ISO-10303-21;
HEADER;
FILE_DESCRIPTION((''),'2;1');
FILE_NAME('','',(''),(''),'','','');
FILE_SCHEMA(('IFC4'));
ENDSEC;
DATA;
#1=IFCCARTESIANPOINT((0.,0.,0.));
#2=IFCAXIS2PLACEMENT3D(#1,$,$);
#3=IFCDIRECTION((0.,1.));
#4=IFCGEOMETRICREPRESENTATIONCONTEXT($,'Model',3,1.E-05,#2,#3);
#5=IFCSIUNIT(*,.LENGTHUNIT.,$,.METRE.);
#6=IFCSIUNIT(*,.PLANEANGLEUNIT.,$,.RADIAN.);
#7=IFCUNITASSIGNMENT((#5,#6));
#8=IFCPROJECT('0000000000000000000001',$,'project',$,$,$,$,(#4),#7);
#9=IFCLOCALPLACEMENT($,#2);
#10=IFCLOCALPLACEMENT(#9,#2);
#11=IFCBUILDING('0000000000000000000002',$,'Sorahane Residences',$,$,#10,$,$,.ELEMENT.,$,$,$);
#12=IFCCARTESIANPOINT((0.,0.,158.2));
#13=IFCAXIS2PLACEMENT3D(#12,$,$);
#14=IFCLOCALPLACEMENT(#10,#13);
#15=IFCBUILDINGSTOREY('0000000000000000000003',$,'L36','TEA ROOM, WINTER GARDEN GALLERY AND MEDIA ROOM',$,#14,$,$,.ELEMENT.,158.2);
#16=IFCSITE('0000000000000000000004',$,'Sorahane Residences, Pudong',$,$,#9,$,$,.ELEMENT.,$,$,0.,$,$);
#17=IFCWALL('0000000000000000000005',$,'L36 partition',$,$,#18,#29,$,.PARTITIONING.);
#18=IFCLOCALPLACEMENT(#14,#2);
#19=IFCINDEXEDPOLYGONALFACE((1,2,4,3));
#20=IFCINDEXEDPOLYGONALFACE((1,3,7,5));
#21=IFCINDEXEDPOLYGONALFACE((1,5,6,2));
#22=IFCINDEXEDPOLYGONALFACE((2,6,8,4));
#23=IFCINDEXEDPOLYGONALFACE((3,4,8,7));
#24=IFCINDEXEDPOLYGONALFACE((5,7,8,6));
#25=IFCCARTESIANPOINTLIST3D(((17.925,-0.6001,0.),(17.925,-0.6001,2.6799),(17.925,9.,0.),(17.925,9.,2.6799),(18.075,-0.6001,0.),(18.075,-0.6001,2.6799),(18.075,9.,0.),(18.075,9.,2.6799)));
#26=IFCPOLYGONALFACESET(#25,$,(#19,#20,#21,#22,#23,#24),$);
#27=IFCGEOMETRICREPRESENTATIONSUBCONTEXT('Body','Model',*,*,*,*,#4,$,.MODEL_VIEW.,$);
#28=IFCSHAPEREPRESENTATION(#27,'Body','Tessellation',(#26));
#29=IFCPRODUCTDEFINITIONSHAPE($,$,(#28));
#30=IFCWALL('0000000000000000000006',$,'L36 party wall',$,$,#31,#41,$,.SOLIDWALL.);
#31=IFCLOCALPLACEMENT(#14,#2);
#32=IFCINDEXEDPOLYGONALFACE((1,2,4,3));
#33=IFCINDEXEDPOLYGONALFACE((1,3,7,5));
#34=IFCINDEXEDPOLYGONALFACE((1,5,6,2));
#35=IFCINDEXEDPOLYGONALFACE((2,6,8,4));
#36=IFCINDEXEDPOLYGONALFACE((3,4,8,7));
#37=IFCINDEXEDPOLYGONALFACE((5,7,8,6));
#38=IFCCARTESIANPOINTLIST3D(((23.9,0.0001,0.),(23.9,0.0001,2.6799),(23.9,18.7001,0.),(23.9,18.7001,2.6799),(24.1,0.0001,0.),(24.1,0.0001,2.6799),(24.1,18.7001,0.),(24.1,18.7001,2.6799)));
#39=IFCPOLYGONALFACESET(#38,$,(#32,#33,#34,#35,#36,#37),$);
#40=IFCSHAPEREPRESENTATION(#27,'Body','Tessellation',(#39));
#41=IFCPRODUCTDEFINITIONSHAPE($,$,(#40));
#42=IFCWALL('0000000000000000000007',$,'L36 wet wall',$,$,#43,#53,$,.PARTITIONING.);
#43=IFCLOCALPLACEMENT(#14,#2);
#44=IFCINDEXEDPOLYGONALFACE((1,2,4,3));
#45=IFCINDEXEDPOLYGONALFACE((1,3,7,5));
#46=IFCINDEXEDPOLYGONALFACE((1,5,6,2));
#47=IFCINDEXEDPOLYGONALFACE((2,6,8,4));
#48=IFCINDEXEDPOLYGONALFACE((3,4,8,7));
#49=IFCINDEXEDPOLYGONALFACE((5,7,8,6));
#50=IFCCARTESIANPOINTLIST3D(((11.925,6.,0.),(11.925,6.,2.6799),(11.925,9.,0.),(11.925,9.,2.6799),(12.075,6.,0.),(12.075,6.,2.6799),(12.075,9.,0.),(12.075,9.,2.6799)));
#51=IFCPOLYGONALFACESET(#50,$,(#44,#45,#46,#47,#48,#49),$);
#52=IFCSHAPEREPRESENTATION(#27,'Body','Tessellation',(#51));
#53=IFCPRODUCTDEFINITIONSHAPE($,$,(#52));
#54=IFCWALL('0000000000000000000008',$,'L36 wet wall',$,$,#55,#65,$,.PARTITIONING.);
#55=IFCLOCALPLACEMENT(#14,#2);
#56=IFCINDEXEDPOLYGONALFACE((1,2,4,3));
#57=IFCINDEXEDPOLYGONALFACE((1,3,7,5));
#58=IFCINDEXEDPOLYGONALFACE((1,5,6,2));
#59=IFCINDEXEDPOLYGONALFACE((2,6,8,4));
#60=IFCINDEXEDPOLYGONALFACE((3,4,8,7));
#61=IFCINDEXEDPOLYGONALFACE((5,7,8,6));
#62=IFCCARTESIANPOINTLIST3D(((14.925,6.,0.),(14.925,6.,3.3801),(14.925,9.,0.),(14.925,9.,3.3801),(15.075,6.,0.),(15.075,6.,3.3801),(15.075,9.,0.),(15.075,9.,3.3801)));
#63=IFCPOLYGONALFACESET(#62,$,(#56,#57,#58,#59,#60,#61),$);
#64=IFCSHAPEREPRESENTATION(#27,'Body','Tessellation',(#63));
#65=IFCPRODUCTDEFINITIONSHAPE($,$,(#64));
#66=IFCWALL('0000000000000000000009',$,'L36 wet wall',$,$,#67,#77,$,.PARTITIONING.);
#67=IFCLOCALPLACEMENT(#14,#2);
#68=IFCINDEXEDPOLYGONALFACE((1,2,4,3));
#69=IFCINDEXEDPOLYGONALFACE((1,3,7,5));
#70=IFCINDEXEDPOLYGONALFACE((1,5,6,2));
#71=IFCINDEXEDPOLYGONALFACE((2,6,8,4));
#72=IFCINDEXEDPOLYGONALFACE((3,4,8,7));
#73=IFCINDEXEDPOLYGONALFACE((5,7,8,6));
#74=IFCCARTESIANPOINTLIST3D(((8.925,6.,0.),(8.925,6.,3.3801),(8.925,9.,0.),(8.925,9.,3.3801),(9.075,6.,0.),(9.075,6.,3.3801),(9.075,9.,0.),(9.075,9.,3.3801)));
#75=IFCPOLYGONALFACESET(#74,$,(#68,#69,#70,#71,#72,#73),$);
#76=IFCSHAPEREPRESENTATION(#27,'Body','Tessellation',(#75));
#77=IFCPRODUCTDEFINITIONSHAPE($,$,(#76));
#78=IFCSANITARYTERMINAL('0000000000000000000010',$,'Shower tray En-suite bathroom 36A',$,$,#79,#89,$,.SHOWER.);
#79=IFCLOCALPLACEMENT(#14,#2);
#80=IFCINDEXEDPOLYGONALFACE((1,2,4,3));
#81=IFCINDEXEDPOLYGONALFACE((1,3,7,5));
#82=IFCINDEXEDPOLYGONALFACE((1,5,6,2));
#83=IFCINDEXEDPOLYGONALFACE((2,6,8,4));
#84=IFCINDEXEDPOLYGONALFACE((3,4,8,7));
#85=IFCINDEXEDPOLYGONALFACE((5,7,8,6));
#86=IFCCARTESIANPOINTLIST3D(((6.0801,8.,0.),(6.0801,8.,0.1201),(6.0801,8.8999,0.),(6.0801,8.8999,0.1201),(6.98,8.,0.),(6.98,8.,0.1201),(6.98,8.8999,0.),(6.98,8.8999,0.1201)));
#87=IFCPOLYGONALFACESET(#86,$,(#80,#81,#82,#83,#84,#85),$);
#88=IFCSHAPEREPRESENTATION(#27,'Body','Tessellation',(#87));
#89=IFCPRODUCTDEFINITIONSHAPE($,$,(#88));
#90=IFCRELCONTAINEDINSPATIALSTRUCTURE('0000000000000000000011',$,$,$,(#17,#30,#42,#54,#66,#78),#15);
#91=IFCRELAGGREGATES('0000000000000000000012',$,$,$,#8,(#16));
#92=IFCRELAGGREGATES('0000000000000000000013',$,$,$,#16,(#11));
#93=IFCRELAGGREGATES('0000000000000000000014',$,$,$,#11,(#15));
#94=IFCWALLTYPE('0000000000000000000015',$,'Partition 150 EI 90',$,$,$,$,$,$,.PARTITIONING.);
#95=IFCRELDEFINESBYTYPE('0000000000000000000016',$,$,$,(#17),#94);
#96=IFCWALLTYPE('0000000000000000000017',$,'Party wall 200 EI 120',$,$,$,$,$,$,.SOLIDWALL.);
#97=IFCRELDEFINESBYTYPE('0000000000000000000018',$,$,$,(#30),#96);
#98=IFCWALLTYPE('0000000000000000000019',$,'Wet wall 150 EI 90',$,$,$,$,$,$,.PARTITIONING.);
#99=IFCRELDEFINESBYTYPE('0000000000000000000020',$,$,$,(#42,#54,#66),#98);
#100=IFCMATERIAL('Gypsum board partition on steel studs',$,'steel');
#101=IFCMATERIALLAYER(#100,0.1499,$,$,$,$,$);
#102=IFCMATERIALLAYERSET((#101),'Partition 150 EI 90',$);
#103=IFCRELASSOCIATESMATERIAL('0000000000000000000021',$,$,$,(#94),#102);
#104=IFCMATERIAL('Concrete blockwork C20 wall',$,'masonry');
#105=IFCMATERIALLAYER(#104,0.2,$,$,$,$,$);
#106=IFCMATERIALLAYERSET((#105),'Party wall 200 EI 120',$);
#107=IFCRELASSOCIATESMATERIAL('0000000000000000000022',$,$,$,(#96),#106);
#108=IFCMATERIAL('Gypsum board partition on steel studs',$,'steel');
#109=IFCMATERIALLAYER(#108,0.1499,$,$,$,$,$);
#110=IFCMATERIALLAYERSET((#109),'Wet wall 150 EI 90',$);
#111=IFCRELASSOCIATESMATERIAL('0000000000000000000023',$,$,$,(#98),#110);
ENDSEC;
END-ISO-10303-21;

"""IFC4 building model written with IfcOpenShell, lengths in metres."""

from ifc_helpers import new_model, si_unit, direction, frame, frame_2d, origin, origin_2d, place, context, subcontext, project, spatial, rectangle, extrude, material, layer, layer_set, type_object, element, save


model = new_model("IFC4")

# Units and contexts
model_context = context("Model", 3, precision=1e-05, world=origin(), true_north=direction((0.0, 1.0)))
body_context = subcontext(model_context, "Body", "Model", "MODEL_VIEW")
ifc_project = project(units=[si_unit("LENGTHUNIT", "METRE"), si_unit("PLANEANGLEUNIT", "RADIAN")], contexts=[model_context])

# Site, building, storey
site_placement = place(None, origin())
site = spatial("IfcSite", under=ifc_project, at=site_placement, Name="Sorahane Residences, Pudong", CompositionType="ELEMENT", RefElevation=0.0)
building_placement = place(site_placement, origin())
building = spatial("IfcBuilding", under=site, at=building_placement, Name="Sorahane Residences", CompositionType="ELEMENT")
storey_placement = place(building_placement, frame((0.0, 0.0, 158.2)))
storey = spatial("IfcBuildingStorey", under=building, at=storey_placement, Name="L36", Description="TEA ROOM, WINTER GARDEN GALLERY AND MEDIA ROOM", CompositionType="ELEMENT", Elevation=158.2)

# Wall
ifc_material_1 = material(Name="Gypsum board partition on steel studs", Category="steel")
ifc_layer_1 = layer(ifc_material_1, 0.1499)
ifc_layer_set_1 = layer_set([ifc_layer_1], Name="Partition 150 EI 90")
wall_type_1 = type_object("IfcWallType", Name="Partition 150 EI 90", PredefinedType="PARTITIONING", material=ifc_layer_set_1)
wall_1_placement = place(storey_placement, frame((18.0, -0.6001, 0.0), z_axis=(0.0, 0.0, 1.0), x_axis=(0.0, 1.0, 0.0)))
element("IfcWall", 1, at=wall_1_placement, inside=storey, type_object=wall_type_1, Name="L36 partition", PredefinedType="PARTITIONING", context=body_context, shape_type="SweptSolid", body=[
    extrude(rectangle(XDim=9.6001, YDim=0.1499, at=frame_2d((4.8, 0.0))), origin(), (0.0, 0.0, 1.0), 2.6799),
])

# Walls
ifc_material_2 = material(Name="Concrete blockwork C20 wall", Category="masonry")
ifc_layer_2 = layer(ifc_material_2, 0.2)
ifc_layer_set_2 = layer_set([ifc_layer_2], Name="Party wall 200 EI 120")
wall_type_2 = type_object("IfcWallType", Name="Party wall 200 EI 120", PredefinedType="SOLIDWALL", material=ifc_layer_set_2)
wall_2_placement = place(storey_placement, frame((24.0, 0.0, 0.0), z_axis=(0.0, 0.0, 1.0), x_axis=(0.0, 1.0, 0.0)))
element("IfcWall", 2, at=wall_2_placement, inside=storey, type_object=wall_type_2, Name="L36 party wall", PredefinedType="SOLIDWALL", context=body_context, shape_type="SweptSolid", body=[
    extrude(rectangle(XDim=18.7, YDim=0.2, at=frame_2d((9.3501, 0.0))), origin(), (0.0, 0.0, 1.0), 2.6799),
])
ifc_material_3 = material(Name="Gypsum board partition on steel studs", Category="steel")
ifc_layer_3 = layer(ifc_material_3, 0.1499)
ifc_layer_set_3 = layer_set([ifc_layer_3], Name="Wet wall 150 EI 90")
wall_type_3 = type_object("IfcWallType", Name="Wet wall 150 EI 90", PredefinedType="PARTITIONING", material=ifc_layer_set_3)
wall_3_placement = place(storey_placement, frame((12.0, 6.0, 0.0), z_axis=(0.0, 0.0, 1.0), x_axis=(0.0, 1.0, 0.0)))
element("IfcWall", 3, at=wall_3_placement, inside=storey, type_object=wall_type_3, Name="L36 wet wall", PredefinedType="PARTITIONING", context=body_context, shape_type="SweptSolid", body=[
    extrude(rectangle(XDim=3.0, YDim=0.1499, at=frame_2d((1.5, 0.0))), origin(), (0.0, 0.0, 1.0), 2.6799),
])
for number, where, z_axis, x_axis, name in (
    (4, (15.0, 6.0, 0.0), (0.0, 0.0, 1.0), (0.0, 1.0, 0.0), "L36 wet wall"),
    (5, (9.0, 6.0, 0.0), (0.0, 0.0, 1.0), (0.0, 1.0, 0.0), "L36 wet wall"),
):
    element("IfcWall", number, at=place(storey_placement, frame(where, z_axis=z_axis, x_axis=x_axis)), inside=storey, type_object=wall_type_3, Name=name, PredefinedType="PARTITIONING", context=body_context, shape_type="SweptSolid", body=[
        extrude(rectangle(XDim=3.0, YDim=0.1499, at=frame_2d((1.5, 0.0))), origin(), (0.0, 0.0, 1.0), 3.3801),
    ])

# Sanitary terminal
sanitary_terminal_placement = place(storey_placement, frame((6.53, 8.45, 0.0), z_axis=(0.0, 0.0, 1.0), x_axis=(1.0, 0.0, 0.0)))
element("IfcSanitaryTerminal", 6, at=sanitary_terminal_placement, inside=storey, Name="Shower tray En-suite bathroom 36A", PredefinedType="SHOWER", context=body_context, shape_type="SweptSolid", body=[
    extrude(rectangle(XDim=0.8999, YDim=0.8999, at=origin_2d()), origin(), (0.0, 0.0, 1.0), 0.1201),
])

save(model, "model.ifc")
